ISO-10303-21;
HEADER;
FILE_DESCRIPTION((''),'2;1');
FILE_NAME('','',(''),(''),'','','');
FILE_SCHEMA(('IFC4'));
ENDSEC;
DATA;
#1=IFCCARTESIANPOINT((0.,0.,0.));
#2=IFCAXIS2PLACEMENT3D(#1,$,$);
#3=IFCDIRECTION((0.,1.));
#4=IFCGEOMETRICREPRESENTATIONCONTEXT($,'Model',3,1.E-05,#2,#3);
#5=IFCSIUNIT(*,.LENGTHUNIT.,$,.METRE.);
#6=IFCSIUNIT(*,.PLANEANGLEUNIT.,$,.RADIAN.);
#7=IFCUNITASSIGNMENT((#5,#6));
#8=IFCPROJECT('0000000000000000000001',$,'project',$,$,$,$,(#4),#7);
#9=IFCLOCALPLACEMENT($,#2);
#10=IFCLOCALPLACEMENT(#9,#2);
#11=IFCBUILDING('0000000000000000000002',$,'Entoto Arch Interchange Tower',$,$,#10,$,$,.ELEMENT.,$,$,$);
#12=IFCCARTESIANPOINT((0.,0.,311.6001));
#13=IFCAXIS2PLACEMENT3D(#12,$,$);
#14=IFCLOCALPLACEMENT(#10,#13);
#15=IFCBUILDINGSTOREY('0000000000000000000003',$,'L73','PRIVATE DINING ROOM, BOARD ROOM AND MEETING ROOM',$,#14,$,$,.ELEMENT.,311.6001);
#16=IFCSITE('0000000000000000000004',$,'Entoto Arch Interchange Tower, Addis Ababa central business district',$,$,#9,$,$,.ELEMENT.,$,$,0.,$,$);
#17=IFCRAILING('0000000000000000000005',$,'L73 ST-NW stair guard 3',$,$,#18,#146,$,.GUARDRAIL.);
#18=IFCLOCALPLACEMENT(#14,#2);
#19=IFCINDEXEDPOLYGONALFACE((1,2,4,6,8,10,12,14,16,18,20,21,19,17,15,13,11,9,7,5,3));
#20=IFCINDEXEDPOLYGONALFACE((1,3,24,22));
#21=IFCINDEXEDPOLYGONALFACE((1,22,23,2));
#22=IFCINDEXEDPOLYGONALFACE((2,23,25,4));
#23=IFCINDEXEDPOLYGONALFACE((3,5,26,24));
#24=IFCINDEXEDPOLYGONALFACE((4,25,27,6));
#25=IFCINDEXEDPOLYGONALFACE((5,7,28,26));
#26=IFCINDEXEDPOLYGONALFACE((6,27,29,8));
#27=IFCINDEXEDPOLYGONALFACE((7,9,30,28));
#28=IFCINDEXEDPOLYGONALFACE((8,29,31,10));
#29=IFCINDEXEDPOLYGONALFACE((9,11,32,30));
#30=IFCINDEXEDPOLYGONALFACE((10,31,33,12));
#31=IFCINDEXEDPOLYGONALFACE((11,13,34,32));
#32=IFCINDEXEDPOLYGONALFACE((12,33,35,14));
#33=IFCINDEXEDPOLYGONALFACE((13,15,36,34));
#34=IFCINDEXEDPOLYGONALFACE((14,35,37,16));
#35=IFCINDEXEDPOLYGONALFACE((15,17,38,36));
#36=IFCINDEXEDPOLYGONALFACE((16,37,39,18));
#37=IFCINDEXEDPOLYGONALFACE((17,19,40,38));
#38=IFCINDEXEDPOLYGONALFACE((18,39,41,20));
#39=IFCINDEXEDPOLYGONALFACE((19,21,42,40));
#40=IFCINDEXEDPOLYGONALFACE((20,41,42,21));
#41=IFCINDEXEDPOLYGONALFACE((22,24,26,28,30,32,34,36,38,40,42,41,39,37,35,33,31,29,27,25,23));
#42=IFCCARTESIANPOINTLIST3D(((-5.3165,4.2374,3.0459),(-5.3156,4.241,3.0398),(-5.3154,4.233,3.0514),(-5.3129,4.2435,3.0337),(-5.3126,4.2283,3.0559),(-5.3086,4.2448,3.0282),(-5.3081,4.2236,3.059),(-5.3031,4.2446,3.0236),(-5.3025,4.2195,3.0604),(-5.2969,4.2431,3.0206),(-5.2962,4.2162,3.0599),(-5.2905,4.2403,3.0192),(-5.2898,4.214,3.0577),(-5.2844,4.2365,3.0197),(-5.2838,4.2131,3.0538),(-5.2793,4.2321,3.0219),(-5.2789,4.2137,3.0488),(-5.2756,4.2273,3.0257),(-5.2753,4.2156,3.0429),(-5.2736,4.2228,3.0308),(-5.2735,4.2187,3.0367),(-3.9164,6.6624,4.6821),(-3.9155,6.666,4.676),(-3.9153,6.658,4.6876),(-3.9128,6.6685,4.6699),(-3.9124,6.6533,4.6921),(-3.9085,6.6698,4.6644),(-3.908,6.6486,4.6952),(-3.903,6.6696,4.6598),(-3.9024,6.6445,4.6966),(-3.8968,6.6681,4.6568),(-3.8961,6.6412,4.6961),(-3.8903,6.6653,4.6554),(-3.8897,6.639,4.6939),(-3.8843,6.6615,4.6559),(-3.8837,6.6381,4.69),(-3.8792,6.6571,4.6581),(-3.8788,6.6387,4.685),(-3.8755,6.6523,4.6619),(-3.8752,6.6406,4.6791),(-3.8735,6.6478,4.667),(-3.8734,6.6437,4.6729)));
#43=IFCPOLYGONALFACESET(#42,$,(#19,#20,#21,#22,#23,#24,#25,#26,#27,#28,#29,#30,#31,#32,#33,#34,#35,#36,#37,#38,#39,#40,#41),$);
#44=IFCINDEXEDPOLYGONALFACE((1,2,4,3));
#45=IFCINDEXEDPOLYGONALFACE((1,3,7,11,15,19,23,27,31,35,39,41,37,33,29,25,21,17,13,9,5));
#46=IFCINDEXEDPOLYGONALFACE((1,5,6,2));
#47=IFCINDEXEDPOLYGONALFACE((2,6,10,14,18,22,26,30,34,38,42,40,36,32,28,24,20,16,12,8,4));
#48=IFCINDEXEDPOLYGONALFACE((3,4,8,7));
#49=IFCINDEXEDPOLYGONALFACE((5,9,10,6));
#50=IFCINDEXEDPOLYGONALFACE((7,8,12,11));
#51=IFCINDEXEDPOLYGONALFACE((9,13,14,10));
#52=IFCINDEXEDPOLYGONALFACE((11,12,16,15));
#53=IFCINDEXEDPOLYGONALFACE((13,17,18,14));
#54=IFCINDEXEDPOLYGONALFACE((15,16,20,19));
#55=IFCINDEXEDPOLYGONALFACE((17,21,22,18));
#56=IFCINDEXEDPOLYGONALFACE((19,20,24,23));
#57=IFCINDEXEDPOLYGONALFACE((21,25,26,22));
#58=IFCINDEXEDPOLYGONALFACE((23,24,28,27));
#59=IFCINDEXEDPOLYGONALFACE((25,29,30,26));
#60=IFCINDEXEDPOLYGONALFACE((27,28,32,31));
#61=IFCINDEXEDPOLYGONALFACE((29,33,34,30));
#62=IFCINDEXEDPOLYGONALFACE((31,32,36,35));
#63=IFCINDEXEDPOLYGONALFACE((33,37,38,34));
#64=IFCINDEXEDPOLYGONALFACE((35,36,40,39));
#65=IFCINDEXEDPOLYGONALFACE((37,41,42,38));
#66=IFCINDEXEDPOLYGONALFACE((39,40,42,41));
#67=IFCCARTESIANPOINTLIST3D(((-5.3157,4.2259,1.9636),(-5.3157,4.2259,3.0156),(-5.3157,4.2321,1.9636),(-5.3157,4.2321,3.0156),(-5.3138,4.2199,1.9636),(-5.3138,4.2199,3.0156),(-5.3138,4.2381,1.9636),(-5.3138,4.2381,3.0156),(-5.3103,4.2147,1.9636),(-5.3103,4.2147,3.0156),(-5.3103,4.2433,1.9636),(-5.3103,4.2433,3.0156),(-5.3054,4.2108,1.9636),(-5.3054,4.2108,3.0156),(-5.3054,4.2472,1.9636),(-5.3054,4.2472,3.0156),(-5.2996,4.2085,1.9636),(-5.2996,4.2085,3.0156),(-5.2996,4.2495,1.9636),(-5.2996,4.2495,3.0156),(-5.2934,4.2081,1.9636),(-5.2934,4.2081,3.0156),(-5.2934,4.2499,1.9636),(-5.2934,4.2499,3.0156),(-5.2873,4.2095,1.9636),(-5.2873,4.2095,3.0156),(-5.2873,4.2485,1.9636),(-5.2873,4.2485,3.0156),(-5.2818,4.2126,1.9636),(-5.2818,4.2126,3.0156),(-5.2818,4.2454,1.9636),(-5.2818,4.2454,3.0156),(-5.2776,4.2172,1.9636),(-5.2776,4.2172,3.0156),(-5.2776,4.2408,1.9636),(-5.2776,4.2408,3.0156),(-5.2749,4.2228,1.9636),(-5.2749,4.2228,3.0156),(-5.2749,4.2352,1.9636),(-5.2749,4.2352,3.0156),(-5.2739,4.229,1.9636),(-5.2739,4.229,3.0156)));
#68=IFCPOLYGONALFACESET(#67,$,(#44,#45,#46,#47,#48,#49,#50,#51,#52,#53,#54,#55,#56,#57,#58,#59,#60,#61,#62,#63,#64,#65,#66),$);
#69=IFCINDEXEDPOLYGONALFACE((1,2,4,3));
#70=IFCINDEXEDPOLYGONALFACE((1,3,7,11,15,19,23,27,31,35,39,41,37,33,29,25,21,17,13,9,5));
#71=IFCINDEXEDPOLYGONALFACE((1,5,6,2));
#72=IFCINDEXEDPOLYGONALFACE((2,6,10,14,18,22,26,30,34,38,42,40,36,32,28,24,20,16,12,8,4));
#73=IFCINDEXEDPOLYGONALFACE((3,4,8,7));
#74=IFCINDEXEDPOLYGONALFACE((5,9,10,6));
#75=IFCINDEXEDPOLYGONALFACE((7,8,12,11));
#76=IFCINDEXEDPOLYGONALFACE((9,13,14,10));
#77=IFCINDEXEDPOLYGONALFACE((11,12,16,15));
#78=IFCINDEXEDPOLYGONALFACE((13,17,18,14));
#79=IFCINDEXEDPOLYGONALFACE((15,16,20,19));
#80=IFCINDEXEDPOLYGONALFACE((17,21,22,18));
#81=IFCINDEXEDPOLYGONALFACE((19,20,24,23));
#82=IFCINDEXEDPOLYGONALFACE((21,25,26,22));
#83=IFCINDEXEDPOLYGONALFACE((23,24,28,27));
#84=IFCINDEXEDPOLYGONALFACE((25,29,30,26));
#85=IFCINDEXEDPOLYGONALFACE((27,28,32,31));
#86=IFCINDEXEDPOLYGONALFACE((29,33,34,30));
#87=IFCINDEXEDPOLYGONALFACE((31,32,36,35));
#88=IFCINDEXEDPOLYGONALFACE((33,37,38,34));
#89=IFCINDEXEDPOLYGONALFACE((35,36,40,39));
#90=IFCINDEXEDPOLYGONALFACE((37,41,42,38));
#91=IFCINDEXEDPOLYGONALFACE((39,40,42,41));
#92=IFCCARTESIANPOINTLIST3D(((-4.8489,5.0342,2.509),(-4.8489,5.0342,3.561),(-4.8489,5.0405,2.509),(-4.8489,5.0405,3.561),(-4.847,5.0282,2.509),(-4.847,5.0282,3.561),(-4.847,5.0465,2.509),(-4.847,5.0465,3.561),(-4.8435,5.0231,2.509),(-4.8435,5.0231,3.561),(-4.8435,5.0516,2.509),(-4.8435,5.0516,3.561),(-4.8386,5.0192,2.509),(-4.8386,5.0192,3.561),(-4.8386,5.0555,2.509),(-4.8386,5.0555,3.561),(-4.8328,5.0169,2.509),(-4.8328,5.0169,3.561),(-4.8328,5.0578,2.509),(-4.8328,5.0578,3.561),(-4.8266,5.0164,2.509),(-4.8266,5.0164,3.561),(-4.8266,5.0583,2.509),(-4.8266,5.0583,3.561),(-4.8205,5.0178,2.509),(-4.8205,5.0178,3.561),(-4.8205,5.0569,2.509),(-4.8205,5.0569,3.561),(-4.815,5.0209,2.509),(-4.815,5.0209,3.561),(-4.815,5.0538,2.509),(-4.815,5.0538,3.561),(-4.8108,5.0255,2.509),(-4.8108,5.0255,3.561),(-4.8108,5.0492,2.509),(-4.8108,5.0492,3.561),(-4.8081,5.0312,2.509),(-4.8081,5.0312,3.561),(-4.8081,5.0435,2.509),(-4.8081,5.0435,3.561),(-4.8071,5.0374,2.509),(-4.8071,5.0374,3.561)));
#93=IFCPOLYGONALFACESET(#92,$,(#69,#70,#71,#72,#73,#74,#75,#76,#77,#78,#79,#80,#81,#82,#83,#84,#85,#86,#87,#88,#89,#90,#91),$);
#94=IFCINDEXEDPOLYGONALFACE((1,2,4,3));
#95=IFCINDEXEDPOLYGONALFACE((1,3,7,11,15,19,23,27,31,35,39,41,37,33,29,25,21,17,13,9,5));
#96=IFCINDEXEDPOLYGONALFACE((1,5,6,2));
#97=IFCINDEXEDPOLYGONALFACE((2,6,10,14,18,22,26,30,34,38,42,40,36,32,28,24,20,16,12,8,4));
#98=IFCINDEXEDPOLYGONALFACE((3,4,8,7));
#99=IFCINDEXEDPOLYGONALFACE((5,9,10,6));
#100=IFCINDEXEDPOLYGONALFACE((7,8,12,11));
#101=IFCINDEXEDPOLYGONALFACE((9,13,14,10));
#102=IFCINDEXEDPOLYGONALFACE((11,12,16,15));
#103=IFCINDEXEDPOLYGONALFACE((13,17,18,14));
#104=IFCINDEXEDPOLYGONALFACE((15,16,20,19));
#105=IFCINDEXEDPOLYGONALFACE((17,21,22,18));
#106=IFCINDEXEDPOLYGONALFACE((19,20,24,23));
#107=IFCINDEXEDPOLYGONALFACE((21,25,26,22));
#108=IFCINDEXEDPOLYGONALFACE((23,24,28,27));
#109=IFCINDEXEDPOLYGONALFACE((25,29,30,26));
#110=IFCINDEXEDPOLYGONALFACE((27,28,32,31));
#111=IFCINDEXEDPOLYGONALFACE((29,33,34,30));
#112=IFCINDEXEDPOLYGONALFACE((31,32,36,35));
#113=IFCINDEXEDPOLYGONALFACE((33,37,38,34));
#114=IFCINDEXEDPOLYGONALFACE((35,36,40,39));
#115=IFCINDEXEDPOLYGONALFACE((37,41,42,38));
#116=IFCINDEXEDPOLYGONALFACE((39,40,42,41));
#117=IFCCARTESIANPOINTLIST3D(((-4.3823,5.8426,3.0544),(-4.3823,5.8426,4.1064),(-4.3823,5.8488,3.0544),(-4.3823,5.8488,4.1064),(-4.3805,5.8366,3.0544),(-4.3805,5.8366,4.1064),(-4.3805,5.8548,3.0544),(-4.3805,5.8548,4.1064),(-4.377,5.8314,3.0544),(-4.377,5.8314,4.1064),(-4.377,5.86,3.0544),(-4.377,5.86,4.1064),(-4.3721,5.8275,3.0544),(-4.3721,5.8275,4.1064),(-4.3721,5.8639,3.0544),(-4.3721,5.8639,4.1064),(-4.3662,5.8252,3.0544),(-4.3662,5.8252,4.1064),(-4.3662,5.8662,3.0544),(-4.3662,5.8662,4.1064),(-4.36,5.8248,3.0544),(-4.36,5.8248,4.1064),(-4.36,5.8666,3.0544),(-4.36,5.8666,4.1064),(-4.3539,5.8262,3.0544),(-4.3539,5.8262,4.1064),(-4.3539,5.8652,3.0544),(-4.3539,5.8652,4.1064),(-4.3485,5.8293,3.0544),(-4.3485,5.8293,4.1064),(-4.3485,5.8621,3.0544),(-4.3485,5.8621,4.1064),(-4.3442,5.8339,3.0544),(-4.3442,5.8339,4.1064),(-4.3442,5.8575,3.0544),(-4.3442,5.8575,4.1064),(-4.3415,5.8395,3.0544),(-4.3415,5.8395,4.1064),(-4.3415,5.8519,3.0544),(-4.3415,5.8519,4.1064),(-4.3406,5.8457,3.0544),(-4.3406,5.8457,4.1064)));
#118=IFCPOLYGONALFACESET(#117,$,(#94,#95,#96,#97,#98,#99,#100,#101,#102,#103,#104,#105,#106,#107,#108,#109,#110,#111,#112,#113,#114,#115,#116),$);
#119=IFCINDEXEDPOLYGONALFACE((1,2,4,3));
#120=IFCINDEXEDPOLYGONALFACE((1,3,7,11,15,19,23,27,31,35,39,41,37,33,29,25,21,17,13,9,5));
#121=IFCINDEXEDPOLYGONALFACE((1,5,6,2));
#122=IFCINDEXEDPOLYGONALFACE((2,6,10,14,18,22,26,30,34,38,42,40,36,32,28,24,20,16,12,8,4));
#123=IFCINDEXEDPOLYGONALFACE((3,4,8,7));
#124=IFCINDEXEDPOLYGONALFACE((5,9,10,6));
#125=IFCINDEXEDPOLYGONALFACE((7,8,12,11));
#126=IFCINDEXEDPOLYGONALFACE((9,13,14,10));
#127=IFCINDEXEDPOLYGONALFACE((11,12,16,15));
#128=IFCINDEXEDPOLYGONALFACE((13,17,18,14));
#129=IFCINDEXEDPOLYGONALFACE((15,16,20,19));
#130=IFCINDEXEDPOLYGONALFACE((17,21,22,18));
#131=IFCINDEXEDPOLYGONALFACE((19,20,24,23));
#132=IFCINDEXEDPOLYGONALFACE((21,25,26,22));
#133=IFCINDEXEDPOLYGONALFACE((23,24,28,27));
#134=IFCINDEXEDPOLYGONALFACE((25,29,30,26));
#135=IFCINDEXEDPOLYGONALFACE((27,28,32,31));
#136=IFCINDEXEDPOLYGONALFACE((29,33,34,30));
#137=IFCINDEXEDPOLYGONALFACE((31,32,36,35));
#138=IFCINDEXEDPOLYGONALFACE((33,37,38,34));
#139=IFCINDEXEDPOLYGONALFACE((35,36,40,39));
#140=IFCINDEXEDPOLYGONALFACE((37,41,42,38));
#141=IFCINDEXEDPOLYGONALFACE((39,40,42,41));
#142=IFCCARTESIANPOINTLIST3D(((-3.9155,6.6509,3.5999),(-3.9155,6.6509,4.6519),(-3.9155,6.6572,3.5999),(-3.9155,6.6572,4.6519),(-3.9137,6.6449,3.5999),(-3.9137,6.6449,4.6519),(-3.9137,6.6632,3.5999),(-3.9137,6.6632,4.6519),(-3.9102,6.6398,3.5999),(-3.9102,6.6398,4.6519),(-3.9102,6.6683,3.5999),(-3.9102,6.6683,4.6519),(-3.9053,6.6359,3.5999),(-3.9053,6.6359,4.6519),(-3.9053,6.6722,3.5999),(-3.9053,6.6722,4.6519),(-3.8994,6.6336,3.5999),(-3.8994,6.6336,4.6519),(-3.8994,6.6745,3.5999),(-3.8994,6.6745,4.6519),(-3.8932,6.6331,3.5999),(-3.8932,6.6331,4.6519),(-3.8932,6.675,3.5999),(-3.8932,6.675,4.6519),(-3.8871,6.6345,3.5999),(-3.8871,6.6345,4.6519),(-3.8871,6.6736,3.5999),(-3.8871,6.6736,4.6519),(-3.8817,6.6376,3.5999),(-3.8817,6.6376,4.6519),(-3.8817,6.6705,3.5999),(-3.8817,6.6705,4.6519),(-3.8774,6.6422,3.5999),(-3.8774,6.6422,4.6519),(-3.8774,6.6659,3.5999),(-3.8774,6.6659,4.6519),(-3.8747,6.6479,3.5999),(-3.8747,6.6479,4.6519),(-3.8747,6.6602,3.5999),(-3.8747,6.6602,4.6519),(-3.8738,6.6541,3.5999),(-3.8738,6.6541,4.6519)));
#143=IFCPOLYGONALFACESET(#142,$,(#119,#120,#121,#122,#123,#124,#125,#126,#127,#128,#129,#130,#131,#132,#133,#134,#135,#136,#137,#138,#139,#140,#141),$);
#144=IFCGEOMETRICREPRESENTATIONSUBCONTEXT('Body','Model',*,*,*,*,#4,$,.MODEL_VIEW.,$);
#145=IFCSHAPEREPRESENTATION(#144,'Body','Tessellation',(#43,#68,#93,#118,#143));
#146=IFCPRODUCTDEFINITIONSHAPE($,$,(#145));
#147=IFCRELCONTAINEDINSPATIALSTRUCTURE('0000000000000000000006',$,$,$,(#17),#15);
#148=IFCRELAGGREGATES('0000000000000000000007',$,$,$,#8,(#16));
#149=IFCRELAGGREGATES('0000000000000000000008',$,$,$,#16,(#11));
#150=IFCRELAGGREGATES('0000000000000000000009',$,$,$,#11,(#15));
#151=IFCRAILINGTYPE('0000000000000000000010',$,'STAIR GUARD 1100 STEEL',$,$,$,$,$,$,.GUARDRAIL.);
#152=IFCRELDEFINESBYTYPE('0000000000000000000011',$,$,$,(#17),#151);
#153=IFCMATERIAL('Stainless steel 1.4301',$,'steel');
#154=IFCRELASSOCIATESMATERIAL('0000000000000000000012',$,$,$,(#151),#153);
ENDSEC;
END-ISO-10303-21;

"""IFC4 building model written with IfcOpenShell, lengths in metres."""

from ifc_helpers import new_model, si_unit, direction, frame, origin, origin_2d, place, context, subcontext, project, spatial, circle, extrude, material, type_object, element, save


model = new_model("IFC4")

# Units and contexts
model_context = context("Model", 3, precision=1e-05, world=origin(), true_north=direction((0.0, 1.0)))
body_context = subcontext(model_context, "Body", "Model", "MODEL_VIEW")
ifc_project = project(units=[si_unit("LENGTHUNIT", "METRE"), si_unit("PLANEANGLEUNIT", "RADIAN")], contexts=[model_context])

# Site, building, storey
site_placement = place(None, origin())
site = spatial("IfcSite", under=ifc_project, at=site_placement, Name="Entoto Arch Interchange Tower, Addis Ababa central business district", CompositionType="ELEMENT", RefElevation=0.0)
building_placement = place(site_placement, origin())
building = spatial("IfcBuilding", under=site, at=building_placement, Name="Entoto Arch Interchange Tower", CompositionType="ELEMENT")
storey_placement = place(building_placement, frame((0.0, 0.0, 311.6001)))
storey = spatial("IfcBuildingStorey", under=building, at=storey_placement, Name="L73", Description="PRIVATE DINING ROOM, BOARD ROOM AND MEETING ROOM", CompositionType="ELEMENT", Elevation=311.6001)

# Railing
ifc_material_1 = material(Name="Stainless steel 1.4301", Category="steel")
railing_type_1 = type_object("IfcRailingType", Name="STAIR GUARD 1100 STEEL", PredefinedType="GUARDRAIL", material=ifc_material_1)
railing_1_placement = place(storey_placement, frame((-5.2949, 4.229, 1.9636)))
element("IfcRailing", 1, at=railing_1_placement, inside=storey, type_object=railing_type_1, Name="L73 ST-NW stair guard 3", PredefinedType="GUARDRAIL", context=body_context, shape_type="SweptSolid", body=[
    extrude(circle(Radius=0.0239, at=origin_2d()), frame((0.0, 0.0, 1.0762), z_axis=(0.431714, 0.747727, 0.504507), x_axis=(-0.866019, 0.500012, 0.0)), (0.0, 0.0, 1.0), 3.2432),
    extrude(circle(Radius=0.021, at=origin_2d()), origin(), (0.0, 0.0, 1.0), 1.052),
    extrude(circle(Radius=0.021, at=origin_2d()), frame((0.4668, 0.8083, 0.5454)), (0.0, 0.0, 1.0), 1.052),
    extrude(circle(Radius=0.021, at=origin_2d()), frame((0.9333, 1.6167, 1.0908)), (0.0, 0.0, 1.0), 1.052),
    extrude(circle(Radius=0.021, at=origin_2d()), frame((1.4001, 2.425, 1.6362)), (0.0, 0.0, 1.0), 1.052),
])

save(model, "model.ifc")
